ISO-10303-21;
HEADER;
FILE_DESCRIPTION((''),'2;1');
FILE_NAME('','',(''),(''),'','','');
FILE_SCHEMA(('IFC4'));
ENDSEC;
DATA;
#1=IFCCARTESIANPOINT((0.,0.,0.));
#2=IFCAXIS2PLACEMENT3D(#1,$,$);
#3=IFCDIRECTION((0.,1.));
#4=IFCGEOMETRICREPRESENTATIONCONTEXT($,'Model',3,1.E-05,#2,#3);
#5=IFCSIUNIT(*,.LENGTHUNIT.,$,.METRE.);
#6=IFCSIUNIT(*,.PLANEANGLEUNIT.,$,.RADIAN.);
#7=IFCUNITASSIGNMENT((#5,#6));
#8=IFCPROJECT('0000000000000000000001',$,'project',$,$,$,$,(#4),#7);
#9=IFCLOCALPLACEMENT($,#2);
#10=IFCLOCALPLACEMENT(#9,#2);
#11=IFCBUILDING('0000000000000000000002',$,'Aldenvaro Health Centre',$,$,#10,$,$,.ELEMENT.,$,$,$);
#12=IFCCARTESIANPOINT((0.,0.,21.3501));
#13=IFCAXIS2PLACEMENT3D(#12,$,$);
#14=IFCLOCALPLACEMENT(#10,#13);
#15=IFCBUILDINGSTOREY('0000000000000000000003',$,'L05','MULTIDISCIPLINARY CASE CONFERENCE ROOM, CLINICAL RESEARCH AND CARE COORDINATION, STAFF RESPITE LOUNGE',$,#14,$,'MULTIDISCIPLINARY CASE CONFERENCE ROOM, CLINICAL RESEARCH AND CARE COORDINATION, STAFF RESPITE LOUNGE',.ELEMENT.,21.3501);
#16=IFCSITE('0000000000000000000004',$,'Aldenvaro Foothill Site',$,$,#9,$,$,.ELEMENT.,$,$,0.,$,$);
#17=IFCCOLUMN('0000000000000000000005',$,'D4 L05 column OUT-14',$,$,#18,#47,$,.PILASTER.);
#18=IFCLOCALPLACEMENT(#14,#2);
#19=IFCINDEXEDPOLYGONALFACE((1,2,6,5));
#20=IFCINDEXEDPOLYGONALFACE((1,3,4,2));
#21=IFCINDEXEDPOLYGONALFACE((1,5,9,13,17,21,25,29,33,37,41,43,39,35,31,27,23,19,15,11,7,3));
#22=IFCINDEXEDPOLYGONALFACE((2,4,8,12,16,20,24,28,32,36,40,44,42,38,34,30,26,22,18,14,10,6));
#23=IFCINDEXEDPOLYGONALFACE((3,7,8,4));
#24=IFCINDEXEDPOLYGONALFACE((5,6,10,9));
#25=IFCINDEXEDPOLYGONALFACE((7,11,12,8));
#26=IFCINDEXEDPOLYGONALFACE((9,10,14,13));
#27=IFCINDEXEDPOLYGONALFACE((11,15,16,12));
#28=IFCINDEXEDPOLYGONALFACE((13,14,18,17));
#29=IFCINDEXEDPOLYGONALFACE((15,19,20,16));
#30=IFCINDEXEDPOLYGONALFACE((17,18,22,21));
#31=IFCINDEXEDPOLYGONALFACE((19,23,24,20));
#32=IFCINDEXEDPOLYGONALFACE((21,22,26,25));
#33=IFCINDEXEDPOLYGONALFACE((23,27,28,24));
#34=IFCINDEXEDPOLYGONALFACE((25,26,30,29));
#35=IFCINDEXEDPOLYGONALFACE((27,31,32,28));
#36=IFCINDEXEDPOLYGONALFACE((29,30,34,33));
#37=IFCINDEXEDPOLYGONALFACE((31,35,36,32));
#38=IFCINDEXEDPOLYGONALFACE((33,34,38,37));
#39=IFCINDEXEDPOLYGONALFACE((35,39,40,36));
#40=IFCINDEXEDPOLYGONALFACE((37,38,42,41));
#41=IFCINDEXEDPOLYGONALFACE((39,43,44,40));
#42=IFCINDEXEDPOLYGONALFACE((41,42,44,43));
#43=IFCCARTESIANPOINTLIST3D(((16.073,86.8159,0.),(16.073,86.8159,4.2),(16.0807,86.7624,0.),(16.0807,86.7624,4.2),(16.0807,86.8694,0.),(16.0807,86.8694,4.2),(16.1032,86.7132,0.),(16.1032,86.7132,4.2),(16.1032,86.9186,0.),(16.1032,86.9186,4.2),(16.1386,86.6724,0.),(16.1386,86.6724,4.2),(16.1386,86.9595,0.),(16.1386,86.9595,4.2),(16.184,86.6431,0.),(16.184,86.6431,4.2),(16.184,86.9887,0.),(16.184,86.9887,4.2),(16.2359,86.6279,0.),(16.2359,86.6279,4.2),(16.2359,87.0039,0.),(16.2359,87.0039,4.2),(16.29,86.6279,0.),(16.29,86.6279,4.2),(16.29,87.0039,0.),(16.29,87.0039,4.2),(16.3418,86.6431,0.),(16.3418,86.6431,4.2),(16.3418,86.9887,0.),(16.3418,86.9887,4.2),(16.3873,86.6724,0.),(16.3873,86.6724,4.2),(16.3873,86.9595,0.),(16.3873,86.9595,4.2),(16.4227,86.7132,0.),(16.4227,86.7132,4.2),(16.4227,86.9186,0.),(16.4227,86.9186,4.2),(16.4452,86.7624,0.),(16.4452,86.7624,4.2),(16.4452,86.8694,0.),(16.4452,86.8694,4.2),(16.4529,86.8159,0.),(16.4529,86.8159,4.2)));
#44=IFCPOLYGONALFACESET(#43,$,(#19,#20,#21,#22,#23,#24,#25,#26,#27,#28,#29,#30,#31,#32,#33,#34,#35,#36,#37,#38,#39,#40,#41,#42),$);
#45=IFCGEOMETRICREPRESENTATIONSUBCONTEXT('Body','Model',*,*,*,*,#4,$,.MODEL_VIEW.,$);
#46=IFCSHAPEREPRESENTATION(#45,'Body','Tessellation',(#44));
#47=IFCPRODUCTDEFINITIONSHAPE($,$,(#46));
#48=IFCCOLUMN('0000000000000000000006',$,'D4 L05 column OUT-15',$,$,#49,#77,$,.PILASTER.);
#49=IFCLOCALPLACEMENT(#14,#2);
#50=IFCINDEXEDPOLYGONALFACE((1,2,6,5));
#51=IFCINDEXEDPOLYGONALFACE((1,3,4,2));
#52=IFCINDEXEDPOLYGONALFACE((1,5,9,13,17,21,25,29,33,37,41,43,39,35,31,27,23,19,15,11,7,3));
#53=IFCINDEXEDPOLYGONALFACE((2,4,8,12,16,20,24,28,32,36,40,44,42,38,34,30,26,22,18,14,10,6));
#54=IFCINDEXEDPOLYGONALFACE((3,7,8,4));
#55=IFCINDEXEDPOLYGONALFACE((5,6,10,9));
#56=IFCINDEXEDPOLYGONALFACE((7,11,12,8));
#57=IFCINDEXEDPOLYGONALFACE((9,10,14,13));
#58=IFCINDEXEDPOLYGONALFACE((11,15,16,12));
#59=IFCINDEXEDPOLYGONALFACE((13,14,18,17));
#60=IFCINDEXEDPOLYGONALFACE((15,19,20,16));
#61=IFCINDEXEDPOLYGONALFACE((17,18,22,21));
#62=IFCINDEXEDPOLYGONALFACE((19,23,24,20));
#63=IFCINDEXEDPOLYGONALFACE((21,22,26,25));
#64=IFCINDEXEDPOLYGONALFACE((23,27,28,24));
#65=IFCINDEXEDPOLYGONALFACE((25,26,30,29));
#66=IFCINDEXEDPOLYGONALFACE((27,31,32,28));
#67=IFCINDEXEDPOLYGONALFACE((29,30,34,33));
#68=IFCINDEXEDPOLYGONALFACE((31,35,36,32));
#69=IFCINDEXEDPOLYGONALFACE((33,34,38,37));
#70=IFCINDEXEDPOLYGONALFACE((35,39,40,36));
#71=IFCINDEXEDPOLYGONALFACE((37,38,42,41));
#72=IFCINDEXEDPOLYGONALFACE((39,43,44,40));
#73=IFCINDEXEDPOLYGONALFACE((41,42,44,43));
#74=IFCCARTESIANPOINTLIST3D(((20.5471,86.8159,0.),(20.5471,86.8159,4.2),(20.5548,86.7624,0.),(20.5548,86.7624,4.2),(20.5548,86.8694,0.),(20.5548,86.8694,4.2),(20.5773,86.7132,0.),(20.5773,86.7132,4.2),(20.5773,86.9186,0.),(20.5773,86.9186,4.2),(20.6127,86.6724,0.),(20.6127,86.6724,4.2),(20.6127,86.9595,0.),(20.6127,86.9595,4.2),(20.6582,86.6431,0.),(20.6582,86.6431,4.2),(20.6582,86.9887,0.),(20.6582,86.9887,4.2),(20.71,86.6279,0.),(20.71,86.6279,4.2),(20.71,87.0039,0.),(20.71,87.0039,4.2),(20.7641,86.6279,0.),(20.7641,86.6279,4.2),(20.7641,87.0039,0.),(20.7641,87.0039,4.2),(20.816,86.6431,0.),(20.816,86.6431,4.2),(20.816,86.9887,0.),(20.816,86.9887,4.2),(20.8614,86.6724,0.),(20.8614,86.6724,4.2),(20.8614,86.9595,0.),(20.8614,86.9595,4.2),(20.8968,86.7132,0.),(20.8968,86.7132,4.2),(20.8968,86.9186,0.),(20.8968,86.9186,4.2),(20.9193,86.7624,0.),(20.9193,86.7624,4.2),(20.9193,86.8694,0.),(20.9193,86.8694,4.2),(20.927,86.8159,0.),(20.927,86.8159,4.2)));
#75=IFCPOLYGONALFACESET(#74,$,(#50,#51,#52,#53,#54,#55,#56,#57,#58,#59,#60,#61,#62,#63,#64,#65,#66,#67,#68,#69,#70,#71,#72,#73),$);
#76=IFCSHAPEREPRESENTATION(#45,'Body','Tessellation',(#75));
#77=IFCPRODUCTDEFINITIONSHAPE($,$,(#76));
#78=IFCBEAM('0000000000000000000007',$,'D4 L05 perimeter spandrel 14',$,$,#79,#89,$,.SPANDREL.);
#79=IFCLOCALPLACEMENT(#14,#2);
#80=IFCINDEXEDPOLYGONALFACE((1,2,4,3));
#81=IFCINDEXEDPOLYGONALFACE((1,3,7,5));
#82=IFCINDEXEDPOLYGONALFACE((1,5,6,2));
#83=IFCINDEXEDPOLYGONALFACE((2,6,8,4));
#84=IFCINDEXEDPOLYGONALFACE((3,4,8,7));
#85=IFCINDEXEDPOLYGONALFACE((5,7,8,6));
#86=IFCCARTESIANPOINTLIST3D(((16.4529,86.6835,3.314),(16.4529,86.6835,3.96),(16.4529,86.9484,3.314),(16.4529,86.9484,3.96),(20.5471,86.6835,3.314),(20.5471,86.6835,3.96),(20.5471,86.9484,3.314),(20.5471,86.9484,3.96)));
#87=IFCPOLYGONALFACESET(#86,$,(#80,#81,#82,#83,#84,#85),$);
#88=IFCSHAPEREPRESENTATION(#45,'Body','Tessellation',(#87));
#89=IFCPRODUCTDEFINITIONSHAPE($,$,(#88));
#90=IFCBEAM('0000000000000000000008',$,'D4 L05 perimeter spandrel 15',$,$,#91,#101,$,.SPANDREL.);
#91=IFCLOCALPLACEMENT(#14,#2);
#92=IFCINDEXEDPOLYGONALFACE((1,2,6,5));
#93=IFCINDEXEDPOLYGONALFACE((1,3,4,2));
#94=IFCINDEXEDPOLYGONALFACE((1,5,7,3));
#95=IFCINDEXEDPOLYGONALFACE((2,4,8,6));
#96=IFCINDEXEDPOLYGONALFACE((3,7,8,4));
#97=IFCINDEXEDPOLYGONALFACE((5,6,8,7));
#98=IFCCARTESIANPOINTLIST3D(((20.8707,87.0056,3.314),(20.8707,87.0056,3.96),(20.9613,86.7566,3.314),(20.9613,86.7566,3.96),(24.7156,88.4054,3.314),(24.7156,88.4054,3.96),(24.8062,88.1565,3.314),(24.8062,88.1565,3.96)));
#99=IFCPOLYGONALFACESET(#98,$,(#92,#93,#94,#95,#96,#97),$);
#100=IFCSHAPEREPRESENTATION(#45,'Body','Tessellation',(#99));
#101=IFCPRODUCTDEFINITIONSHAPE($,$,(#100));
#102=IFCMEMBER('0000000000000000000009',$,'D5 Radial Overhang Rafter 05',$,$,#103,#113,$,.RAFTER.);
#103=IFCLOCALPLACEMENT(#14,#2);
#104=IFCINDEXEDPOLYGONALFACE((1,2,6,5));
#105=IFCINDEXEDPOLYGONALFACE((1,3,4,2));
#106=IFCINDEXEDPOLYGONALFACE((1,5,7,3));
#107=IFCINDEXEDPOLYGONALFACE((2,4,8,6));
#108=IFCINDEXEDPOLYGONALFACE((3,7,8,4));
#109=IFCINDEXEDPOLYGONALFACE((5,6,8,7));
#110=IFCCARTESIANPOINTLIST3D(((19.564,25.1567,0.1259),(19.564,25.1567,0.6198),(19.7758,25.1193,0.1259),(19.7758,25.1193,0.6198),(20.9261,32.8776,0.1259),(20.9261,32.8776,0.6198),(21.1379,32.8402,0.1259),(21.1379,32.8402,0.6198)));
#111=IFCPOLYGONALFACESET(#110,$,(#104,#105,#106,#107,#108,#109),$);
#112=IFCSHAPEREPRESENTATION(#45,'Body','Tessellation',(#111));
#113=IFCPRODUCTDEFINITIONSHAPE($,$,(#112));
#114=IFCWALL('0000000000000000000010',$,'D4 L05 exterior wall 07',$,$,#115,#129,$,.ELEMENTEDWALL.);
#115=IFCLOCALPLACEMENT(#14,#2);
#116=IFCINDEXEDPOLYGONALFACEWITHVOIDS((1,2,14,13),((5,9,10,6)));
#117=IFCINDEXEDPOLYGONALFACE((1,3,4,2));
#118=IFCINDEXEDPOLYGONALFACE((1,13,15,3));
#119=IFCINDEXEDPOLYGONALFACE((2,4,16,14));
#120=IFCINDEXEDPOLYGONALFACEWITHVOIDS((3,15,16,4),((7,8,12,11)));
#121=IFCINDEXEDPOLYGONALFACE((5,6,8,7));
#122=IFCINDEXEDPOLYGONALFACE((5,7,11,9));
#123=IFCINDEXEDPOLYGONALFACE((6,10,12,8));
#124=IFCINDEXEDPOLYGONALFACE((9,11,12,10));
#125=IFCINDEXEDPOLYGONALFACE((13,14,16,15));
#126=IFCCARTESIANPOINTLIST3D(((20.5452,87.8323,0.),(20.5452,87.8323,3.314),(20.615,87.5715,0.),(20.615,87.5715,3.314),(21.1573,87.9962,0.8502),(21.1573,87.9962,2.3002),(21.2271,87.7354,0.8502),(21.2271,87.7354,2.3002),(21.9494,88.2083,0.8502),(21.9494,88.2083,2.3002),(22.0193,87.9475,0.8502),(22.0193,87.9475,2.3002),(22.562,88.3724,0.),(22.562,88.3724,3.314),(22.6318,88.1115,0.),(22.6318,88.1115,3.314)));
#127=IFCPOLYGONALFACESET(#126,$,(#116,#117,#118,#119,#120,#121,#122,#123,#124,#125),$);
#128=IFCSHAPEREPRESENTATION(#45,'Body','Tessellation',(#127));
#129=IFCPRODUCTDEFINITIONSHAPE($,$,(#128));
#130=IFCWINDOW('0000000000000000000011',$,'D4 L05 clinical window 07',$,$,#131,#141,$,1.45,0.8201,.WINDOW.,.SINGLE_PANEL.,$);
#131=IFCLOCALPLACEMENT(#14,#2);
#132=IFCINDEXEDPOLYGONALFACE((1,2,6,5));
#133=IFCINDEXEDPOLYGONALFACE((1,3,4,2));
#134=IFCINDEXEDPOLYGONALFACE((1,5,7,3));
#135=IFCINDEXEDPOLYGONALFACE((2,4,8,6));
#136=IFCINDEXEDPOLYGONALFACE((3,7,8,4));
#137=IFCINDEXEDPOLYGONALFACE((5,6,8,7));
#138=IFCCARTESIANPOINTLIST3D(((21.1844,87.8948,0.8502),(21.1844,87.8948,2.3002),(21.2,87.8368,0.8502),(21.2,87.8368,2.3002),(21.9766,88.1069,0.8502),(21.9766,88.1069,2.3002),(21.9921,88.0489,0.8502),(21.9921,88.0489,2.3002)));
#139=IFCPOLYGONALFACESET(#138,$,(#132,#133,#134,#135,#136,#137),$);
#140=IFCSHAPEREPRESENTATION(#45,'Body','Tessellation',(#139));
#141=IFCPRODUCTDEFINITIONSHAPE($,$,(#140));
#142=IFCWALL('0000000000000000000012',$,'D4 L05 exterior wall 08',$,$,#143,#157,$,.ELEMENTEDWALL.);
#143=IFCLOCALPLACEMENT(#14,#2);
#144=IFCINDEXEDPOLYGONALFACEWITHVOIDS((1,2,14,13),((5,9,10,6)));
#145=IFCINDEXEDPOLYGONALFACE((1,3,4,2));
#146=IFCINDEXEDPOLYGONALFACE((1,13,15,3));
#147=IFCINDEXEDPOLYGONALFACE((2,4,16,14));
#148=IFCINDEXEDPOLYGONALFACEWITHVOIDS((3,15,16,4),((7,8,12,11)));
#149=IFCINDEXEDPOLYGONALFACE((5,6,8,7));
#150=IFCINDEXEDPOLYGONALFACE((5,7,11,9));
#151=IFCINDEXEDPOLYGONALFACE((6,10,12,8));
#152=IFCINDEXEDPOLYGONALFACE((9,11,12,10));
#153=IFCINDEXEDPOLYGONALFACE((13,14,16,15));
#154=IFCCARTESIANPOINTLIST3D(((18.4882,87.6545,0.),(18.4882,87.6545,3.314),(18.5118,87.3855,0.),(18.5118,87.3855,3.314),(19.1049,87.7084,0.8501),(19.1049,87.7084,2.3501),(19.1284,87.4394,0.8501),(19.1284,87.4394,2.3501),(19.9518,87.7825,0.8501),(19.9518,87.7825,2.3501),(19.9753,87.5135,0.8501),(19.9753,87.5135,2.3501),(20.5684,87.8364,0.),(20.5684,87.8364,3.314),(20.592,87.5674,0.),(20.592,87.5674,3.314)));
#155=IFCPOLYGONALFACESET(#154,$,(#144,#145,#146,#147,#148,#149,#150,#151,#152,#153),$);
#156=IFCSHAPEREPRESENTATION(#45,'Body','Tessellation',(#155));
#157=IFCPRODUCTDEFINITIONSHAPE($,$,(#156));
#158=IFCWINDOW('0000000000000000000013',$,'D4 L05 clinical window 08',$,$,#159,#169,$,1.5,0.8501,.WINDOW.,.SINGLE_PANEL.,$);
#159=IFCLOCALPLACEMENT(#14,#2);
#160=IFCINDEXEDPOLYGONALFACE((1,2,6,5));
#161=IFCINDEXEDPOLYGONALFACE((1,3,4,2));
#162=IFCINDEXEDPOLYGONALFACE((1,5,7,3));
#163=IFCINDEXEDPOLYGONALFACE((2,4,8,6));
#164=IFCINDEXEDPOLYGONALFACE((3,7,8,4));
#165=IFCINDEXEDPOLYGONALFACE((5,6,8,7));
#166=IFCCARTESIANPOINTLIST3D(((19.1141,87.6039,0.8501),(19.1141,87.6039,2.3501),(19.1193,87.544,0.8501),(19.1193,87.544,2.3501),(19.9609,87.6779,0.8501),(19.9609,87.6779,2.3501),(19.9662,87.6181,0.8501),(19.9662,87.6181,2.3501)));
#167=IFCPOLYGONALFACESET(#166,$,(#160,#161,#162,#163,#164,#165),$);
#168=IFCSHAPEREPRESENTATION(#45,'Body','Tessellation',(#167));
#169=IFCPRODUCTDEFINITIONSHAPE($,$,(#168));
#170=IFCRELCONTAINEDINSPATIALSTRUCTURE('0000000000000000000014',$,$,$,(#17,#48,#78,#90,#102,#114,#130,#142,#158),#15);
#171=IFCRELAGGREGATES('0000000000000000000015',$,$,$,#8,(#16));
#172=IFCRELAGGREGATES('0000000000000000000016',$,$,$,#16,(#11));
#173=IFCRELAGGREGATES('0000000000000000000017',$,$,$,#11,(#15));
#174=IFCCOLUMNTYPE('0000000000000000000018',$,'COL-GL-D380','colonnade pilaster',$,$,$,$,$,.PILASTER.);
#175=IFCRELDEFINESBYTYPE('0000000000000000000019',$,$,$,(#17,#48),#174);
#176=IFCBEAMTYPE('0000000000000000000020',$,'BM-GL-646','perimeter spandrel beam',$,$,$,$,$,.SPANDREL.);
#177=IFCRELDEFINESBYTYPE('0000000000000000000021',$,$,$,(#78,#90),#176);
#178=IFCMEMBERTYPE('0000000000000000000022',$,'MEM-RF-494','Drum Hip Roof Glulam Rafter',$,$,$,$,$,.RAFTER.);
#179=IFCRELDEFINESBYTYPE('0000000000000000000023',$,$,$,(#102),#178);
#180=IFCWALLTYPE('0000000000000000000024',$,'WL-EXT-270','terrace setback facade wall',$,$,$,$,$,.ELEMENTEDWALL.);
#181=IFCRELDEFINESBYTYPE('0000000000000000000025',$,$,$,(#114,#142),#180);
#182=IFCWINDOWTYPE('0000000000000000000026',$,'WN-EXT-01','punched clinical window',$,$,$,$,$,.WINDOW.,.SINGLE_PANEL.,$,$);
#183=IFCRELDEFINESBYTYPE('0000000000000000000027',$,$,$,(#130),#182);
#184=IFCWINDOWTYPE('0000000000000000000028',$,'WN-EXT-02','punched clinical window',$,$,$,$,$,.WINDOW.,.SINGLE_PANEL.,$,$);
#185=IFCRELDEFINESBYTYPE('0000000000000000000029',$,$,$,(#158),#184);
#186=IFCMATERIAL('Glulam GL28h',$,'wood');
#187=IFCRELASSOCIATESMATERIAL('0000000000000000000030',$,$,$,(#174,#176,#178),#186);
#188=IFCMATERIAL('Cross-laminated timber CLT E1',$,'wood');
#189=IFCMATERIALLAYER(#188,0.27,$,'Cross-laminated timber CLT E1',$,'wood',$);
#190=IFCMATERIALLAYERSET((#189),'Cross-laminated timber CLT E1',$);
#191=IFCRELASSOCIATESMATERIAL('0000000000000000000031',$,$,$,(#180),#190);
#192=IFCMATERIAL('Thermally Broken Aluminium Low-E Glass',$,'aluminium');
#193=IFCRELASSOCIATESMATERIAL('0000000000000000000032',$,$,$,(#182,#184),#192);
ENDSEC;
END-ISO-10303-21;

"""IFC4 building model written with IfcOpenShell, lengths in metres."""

from ifc_helpers import new_model, si_unit, direction, frame, frame_2d, origin, origin_2d, place, context, subcontext, project, spatial, rectangle, circle, extrude, material, layer, layer_set, material_profile, profile_set, type_object, element, fill, save


model = new_model("IFC4")

# Units and contexts
model_context = context("Model", 3, precision=1e-05, world=origin(), true_north=direction((0.0, 1.0)))
body_context = subcontext(model_context, "Body", "Model", "MODEL_VIEW")
ifc_project = project(units=[si_unit("LENGTHUNIT", "METRE"), si_unit("PLANEANGLEUNIT", "RADIAN")], contexts=[model_context])

# Site, building, storey
site_placement = place(None, origin())
site = spatial("IfcSite", under=ifc_project, at=site_placement, Name="Aldenvaro Foothill Site", CompositionType="ELEMENT", RefElevation=0.0)
building_placement = place(site_placement, origin())
building = spatial("IfcBuilding", under=site, at=building_placement, Name="Aldenvaro Health Centre", CompositionType="ELEMENT")
storey_placement = place(building_placement, frame((0.0, 0.0, 21.3501)))
storey = spatial("IfcBuildingStorey", under=building, at=storey_placement, Name="L05", Description="MULTIDISCIPLINARY CASE CONFERENCE ROOM, CLINICAL RESEARCH AND CARE COORDINATION, STAFF RESPITE LOUNGE", LongName="MULTIDISCIPLINARY CASE CONFERENCE ROOM, CLINICAL RESEARCH AND CARE COORDINATION, STAFF RESPITE LOUNGE", CompositionType="ELEMENT", Elevation=21.3501)

# Columns
ifc_material_1 = material(Name="Glulam GL28h", Category="wood")
ifc_material_profile_1 = material_profile(ifc_material_1, circle(Radius=0.1899, at=origin_2d()), Name="GL D380", Category="wood")
ifc_profile_set_1 = profile_set([ifc_material_profile_1], Name="Glulam GL28h")
column_type = type_object("IfcColumnType", Name="COL-GL-D380", Description="colonnade pilaster", PredefinedType="PILASTER", material=ifc_profile_set_1)
for number, where, z_axis, x_axis, name in (
    (1, (16.2629, 86.8159, 0.0), (0.0, 0.0, 1.0), (1.0, 0.0, 0.0), "D4 L05 column OUT-14"),
    (2, (20.7371, 86.8159, 0.0), (0.0, 0.0, 1.0), (1.0, 0.0, 0.0), "D4 L05 column OUT-15"),
):
    element("IfcColumn", number, at=place(storey_placement, frame(where, z_axis=z_axis, x_axis=x_axis)), inside=storey, type_object=column_type, Name=name, PredefinedType="PILASTER", context=body_context, shape_type="SweptSolid", body=[
        extrude(circle(Radius=0.1899, at=origin_2d()), origin(), (0.0, 0.0, 1.0), 4.2),
    ])

# Beams
ifc_material_profile_2 = material_profile(ifc_material_1, rectangle(XDim=0.2649, YDim=0.646, at=origin_2d()), Name="GL 265x646", Category="wood")
ifc_profile_set_2 = profile_set([ifc_material_profile_2], Name="Glulam GL28h")
beam_type = type_object("IfcBeamType", Name="BM-GL-646", Description="perimeter spandrel beam", PredefinedType="SPANDREL", material=ifc_profile_set_2)
beam_1_placement = place(storey_placement, frame((16.4529, 86.8159, 3.637), z_axis=(1.0, 0.0, 0.0), x_axis=(0.0, 1.0, 0.0)))
element("IfcBeam", 3, at=beam_1_placement, inside=storey, type_object=beam_type, Name="D4 L05 perimeter spandrel 14", PredefinedType="SPANDREL", context=body_context, shape_type="SweptSolid", body=[
    extrude(rectangle(XDim=0.2649, YDim=0.646, at=origin_2d()), origin(), (0.0, 0.0, 1.0), 4.0942),
])
beam_2_placement = place(storey_placement, frame((20.916, 86.8811, 3.637), z_axis=(0.939657, 0.342117, 0.0), x_axis=(-0.342117, 0.939657, 0.0)))
element("IfcBeam", 4, at=beam_2_placement, inside=storey, type_object=beam_type, Name="D4 L05 perimeter spandrel 15", PredefinedType="SPANDREL", context=body_context, shape_type="SweptSolid", body=[
    extrude(rectangle(XDim=0.2649, YDim=0.646, at=origin_2d()), origin(), (0.0, 0.0, 1.0), 4.0918),
])

# Member
ifc_material_profile_3 = material_profile(ifc_material_1, rectangle(XDim=0.2151, YDim=0.4939, at=origin_2d()), Name="GL 215x494", Category="wood")
ifc_profile_set_3 = profile_set([ifc_material_profile_3], Name="Glulam GL28h")
member_type = type_object("IfcMemberType", Name="MEM-RF-494", Description="Drum Hip Roof Glulam Rafter", PredefinedType="RAFTER", material=ifc_profile_set_3)
member_placement = place(storey_placement, frame((21.032, 32.8589, 0.3728), z_axis=(-0.173728, -0.984794, 0.0), x_axis=(0.984794, -0.173728, 0.0)))
element("IfcMember", 5, at=member_placement, inside=storey, type_object=member_type, Name="D5 Radial Overhang Rafter 05", PredefinedType="RAFTER", context=body_context, shape_type="SweptSolid", body=[
    extrude(rectangle(XDim=0.2151, YDim=0.4939, at=origin_2d()), origin(), (0.0, 0.0, 1.0), 7.8401),
])

# Walls, openings, windows
ifc_material_2 = material(Name="Cross-laminated timber CLT E1", Category="wood")
ifc_layer = layer(ifc_material_2, 0.27, Name="Cross-laminated timber CLT E1", Category="wood")
ifc_layer_set = layer_set([ifc_layer], Name="Cross-laminated timber CLT E1")
wall_type = type_object("IfcWallType", Name="WL-EXT-270", Description="terrace setback facade wall", PredefinedType="ELEMENTEDWALL", material=ifc_layer_set)
wall_1_placement = place(storey_placement, frame((22.5969, 88.2419, 0.0), z_axis=(0.0, 0.0, 1.0), x_axis=(-0.96597, -0.258652, 0.0)))
wall_1 = element("IfcWall", 6, at=wall_1_placement, inside=storey, type_object=wall_type, Name="D4 L05 exterior wall 07", PredefinedType="ELEMENTEDWALL", context=body_context, shape_type="SweptSolid", body=[
    extrude(rectangle(XDim=2.0879, YDim=0.27, at=frame_2d((1.0439, 0.0))), origin(), (0.0, 0.0, 1.0), 3.314),
])
opening_1_placement = place(wall_1_placement, frame((0.634, 0.0, 0.8501)))
opening_1 = element("IfcOpeningElement", 7, at=opening_1_placement, cuts=wall_1, PredefinedType="OPENING", context=body_context, shape_type="SweptSolid", body=[
    extrude(rectangle(XDim=0.8201, YDim=1.45, at=frame_2d((0.4102, 0.7251))), frame((0.0, 0.145, 0.0), z_axis=(0.0, -1.0, 0.0), x_axis=(1.0, 0.0, 0.0)), (0.0, 0.0, 1.0), 0.29),
])
ifc_material_3 = material(Name="Thermally Broken Aluminium Low-E Glass", Category="aluminium")
window_type_1 = type_object("IfcWindowType", Name="WN-EXT-01", Description="punched clinical window", PartitioningType="SINGLE_PANEL", PredefinedType="WINDOW", material=ifc_material_3)
window_1_placement = place(opening_1_placement, origin())
window_1 = element("IfcWindow", 8, at=window_1_placement, inside=storey, type_object=window_type_1, Name="D4 L05 clinical window 07", OverallHeight=1.45, OverallWidth=0.8201, PartitioningType="SINGLE_PANEL", PredefinedType="WINDOW", context=body_context, shape_type="SweptSolid", body=[
    extrude(rectangle(XDim=0.8201, YDim=1.45, at=frame_2d((0.4102, 0.7251))), frame((0.0, 0.03, 0.0), z_axis=(0.0, -1.0, 0.0), x_axis=(1.0, 0.0, 0.0)), (0.0, 0.0, 1.0), 0.0601),
])
fill(opening_1, window_1)
wall_2_placement = place(storey_placement, frame((20.5801, 87.7019, 0.0), z_axis=(0.0, 0.0, 1.0), x_axis=(-0.996199, -0.087109, 0.0)))
wall_2 = element("IfcWall", 9, at=wall_2_placement, inside=storey, type_object=wall_type, Name="D4 L05 exterior wall 08", PredefinedType="ELEMENTEDWALL", context=body_context, shape_type="SweptSolid", body=[
    extrude(rectangle(XDim=2.0881, YDim=0.27, at=frame_2d((1.0439, 0.0))), origin(), (0.0, 0.0, 1.0), 3.314),
])
opening_2_placement = place(wall_2_placement, frame((0.6189, 0.0, 0.8501)))
opening_2 = element("IfcOpeningElement", 10, at=opening_2_placement, cuts=wall_2, PredefinedType="OPENING", context=body_context, shape_type="SweptSolid", body=[
    extrude(rectangle(XDim=0.8501, YDim=1.5, at=frame_2d((0.425, 0.75))), frame((0.0, 0.145, 0.0), z_axis=(0.0, -1.0, 0.0), x_axis=(1.0, 0.0, 0.0)), (0.0, 0.0, 1.0), 0.29),
])
window_type_2 = type_object("IfcWindowType", Name="WN-EXT-02", Description="punched clinical window", PartitioningType="SINGLE_PANEL", PredefinedType="WINDOW", material=ifc_material_3)
window_2_placement = place(opening_2_placement, origin())
window_2 = element("IfcWindow", 11, at=window_2_placement, inside=storey, type_object=window_type_2, Name="D4 L05 clinical window 08", OverallHeight=1.5, OverallWidth=0.8501, PartitioningType="SINGLE_PANEL", PredefinedType="WINDOW", context=body_context, shape_type="SweptSolid", body=[
    extrude(rectangle(XDim=0.8501, YDim=1.5, at=frame_2d((0.425, 0.75))), frame((0.0, 0.03, 0.0), z_axis=(0.0, -1.0, 0.0), x_axis=(1.0, 0.0, 0.0)), (0.0, 0.0, 1.0), 0.0601),
])
fill(opening_2, window_2)

save(model, "model.ifc")
